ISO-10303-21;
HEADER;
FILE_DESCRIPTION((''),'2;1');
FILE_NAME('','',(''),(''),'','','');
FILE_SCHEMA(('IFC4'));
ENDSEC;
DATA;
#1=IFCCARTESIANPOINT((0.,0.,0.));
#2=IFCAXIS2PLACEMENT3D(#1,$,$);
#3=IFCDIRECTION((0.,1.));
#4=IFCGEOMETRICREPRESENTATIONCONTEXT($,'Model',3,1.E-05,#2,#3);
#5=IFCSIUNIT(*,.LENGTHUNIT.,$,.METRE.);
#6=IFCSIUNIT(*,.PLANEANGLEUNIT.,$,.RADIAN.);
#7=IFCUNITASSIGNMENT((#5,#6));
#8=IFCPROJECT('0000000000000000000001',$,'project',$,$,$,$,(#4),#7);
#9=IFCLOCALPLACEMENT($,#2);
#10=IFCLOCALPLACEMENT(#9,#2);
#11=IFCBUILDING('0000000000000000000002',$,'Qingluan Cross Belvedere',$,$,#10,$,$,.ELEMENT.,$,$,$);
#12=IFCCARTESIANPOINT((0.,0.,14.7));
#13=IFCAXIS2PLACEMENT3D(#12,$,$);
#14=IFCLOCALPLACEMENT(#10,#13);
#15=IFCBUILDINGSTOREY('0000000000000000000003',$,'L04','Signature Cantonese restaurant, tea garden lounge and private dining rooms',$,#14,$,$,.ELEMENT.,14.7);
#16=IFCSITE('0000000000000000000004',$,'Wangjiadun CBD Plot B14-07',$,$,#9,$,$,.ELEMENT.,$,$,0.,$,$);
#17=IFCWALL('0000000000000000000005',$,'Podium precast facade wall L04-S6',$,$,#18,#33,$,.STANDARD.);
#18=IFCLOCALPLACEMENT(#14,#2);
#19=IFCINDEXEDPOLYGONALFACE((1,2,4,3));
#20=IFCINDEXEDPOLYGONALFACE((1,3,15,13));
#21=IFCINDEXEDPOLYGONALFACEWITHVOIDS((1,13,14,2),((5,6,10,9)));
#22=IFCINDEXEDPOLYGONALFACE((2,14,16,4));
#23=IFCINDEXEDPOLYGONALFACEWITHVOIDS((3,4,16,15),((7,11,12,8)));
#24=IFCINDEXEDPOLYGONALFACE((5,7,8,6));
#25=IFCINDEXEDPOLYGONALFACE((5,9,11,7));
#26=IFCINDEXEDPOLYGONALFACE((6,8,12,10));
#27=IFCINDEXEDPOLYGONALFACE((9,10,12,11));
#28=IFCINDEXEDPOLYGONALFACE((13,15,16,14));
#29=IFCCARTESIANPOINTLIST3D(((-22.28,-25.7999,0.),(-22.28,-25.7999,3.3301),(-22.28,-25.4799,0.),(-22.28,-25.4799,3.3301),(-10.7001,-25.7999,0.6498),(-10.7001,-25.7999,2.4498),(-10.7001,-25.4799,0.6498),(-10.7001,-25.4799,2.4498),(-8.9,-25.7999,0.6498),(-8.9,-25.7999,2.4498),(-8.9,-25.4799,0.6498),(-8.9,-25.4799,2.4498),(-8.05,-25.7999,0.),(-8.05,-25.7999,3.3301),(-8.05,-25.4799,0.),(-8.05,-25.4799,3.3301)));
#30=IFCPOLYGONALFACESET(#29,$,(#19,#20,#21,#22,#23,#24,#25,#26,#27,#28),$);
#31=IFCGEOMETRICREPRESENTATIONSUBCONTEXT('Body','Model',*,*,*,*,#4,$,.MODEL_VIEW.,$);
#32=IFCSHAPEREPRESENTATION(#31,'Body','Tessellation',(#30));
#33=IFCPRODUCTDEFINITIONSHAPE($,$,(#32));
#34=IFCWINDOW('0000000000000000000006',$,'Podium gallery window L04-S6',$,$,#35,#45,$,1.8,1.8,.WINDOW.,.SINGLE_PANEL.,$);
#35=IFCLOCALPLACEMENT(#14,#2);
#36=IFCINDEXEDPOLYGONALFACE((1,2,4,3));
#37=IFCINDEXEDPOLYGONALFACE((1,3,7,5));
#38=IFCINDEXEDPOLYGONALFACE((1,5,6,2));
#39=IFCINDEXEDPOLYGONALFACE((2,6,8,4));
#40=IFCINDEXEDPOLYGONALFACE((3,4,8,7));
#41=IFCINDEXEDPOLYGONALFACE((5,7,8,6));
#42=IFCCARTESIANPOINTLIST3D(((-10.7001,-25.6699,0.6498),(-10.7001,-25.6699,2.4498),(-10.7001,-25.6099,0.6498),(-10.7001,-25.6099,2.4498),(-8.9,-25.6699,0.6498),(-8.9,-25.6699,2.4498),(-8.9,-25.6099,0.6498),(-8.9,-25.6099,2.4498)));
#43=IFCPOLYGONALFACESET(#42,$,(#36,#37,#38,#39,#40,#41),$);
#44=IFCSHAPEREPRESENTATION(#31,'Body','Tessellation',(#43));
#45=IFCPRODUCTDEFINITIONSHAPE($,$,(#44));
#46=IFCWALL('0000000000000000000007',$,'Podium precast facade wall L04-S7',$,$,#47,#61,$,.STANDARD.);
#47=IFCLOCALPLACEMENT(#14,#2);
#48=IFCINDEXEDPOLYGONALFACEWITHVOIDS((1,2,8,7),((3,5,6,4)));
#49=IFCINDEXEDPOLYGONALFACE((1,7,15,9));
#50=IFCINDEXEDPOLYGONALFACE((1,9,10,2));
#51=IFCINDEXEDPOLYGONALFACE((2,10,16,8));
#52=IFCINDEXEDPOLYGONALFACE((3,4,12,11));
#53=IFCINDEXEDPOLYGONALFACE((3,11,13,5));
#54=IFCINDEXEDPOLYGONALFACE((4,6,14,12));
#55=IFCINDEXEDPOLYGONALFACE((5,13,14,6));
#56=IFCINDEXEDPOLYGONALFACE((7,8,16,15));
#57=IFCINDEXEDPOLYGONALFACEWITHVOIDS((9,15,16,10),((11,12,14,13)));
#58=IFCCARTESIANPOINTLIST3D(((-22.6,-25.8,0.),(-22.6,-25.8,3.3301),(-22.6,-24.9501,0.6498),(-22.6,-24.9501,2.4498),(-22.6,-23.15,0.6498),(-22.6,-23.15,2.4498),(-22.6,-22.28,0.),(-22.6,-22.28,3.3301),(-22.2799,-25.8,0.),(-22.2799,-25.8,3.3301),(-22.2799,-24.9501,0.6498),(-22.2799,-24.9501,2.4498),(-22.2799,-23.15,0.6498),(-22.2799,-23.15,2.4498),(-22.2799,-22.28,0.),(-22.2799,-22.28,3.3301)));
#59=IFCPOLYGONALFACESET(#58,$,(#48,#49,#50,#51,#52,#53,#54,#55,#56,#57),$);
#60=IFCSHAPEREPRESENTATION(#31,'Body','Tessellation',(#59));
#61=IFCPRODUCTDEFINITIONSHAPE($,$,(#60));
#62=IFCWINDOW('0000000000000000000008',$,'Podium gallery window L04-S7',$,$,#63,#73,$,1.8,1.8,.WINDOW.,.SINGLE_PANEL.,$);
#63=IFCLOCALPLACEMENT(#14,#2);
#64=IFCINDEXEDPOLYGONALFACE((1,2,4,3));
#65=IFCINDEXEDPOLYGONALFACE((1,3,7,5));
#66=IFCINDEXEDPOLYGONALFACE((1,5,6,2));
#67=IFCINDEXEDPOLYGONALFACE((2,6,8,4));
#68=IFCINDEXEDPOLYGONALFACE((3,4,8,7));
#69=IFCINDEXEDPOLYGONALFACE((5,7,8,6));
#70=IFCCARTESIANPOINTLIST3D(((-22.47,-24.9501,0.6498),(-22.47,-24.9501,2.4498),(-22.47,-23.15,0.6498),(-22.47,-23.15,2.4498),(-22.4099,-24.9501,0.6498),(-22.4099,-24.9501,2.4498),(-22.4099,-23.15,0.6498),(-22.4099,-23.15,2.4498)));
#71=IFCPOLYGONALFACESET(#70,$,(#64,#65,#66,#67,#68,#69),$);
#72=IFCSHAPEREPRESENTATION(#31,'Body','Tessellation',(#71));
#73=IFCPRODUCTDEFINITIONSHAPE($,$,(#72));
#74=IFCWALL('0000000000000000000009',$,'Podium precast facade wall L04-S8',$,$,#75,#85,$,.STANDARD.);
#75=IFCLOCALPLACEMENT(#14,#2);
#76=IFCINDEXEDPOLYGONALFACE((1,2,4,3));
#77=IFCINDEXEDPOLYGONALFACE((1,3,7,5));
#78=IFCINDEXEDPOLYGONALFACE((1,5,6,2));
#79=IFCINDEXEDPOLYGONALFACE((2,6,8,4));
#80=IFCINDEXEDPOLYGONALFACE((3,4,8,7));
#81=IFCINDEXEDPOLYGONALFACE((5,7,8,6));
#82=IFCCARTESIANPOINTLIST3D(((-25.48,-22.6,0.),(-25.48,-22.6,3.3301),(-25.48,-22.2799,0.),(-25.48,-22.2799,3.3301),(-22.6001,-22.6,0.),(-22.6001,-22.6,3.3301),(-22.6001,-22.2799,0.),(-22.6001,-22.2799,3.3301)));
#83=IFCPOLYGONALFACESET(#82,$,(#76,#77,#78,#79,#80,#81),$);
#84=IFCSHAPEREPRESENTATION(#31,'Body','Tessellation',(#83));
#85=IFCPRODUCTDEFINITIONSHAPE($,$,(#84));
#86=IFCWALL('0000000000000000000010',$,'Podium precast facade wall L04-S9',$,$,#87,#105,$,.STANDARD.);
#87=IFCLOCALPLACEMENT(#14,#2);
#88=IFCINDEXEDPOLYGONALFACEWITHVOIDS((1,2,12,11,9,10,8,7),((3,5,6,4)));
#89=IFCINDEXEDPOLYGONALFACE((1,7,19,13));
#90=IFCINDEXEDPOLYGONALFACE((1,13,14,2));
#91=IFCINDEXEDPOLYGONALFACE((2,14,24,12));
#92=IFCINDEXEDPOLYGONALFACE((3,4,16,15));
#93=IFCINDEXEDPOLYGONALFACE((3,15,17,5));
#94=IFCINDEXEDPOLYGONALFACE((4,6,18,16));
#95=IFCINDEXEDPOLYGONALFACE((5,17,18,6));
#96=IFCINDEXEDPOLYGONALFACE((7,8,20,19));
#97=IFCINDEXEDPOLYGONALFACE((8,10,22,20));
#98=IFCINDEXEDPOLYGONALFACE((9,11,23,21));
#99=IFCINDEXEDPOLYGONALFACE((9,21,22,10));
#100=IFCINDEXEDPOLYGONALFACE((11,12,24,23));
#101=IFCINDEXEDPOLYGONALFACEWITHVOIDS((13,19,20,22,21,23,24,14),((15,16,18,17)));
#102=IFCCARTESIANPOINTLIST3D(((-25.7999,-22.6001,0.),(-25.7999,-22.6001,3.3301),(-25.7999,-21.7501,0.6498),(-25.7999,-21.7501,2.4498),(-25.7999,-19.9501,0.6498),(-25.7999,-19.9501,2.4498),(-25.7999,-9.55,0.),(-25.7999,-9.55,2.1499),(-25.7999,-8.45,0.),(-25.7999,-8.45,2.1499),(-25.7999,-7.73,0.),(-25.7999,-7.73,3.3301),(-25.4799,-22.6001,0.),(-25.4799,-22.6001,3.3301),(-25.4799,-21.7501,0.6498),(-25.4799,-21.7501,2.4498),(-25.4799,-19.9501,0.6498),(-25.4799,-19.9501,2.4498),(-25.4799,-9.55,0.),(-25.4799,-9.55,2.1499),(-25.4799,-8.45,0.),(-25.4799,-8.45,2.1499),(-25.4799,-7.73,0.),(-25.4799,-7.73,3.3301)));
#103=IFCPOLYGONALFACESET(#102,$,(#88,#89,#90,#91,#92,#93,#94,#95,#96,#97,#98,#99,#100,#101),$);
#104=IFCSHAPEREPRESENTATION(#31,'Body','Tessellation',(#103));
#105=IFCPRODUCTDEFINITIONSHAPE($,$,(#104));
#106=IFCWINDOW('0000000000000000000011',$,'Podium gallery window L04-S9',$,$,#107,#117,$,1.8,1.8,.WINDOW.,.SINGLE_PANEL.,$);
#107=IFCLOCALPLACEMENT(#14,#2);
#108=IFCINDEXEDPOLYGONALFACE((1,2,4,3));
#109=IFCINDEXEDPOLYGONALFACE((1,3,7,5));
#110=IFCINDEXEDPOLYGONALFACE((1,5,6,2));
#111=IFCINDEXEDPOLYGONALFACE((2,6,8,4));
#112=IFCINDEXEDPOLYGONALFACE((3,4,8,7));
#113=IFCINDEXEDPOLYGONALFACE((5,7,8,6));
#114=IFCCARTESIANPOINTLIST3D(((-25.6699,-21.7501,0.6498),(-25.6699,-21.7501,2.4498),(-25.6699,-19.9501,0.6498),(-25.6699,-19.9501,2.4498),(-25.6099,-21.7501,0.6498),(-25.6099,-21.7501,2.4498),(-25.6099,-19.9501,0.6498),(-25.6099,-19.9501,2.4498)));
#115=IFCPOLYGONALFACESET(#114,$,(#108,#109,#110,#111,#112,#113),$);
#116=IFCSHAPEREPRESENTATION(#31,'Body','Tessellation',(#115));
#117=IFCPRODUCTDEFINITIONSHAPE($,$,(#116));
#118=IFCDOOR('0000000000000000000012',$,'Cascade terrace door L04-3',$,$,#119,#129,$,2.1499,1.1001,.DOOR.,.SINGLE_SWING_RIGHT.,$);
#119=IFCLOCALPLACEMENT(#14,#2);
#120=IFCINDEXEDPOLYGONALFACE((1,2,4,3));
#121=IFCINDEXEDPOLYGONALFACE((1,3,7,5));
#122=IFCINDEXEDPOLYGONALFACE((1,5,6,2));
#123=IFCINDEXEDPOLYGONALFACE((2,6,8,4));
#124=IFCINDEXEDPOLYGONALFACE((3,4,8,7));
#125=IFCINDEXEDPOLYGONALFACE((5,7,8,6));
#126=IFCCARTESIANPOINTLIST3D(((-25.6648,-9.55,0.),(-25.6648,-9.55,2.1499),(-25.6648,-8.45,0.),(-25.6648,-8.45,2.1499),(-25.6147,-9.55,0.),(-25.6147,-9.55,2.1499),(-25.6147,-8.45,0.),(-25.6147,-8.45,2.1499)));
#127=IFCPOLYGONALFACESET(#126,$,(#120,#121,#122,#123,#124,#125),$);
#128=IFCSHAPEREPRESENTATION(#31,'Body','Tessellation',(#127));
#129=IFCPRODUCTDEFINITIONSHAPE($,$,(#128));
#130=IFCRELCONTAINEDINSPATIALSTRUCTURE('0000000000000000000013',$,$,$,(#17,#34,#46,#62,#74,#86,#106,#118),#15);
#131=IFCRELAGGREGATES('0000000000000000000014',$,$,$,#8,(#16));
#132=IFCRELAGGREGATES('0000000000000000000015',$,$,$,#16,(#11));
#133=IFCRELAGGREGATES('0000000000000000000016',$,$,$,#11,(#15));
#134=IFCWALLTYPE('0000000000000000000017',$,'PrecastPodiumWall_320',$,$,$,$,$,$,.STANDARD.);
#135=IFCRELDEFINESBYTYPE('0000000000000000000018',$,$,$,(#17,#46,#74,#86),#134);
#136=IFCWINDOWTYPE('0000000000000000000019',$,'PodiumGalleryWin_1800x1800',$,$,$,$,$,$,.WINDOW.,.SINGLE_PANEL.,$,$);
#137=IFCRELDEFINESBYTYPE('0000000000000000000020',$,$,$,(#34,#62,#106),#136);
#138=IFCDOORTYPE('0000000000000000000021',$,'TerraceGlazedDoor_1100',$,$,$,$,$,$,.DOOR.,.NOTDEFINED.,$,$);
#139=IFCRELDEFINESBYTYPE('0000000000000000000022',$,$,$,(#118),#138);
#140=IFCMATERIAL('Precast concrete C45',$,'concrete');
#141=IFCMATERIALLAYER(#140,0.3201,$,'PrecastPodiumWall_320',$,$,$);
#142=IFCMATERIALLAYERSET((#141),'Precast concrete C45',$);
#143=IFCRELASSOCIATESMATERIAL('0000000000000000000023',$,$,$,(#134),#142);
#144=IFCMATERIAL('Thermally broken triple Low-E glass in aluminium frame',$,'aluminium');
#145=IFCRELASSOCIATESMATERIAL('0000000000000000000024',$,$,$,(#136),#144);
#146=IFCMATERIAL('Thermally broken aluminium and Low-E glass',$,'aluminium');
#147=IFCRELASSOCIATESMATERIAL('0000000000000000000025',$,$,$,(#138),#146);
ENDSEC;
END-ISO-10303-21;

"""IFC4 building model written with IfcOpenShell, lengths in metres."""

from ifc_helpers import new_model, si_unit, direction, frame, frame_2d, origin, place, context, subcontext, project, spatial, rectangle, extrude, material, layer, layer_set, type_object, element, fill, save


model = new_model("IFC4")

# Units and contexts
model_context = context("Model", 3, precision=1e-05, world=origin(), true_north=direction((0.0, 1.0)))
body_context = subcontext(model_context, "Body", "Model", "MODEL_VIEW")
ifc_project = project(units=[si_unit("LENGTHUNIT", "METRE"), si_unit("PLANEANGLEUNIT", "RADIAN")], contexts=[model_context])

# Site, building, storey
site_placement = place(None, origin())
site = spatial("IfcSite", under=ifc_project, at=site_placement, Name="Wangjiadun CBD Plot B14-07", CompositionType="ELEMENT", RefElevation=0.0)
building_placement = place(site_placement, origin())
building = spatial("IfcBuilding", under=site, at=building_placement, Name="Qingluan Cross Belvedere", CompositionType="ELEMENT")
storey_placement = place(building_placement, frame((0.0, 0.0, 14.7)))
storey = spatial("IfcBuildingStorey", under=building, at=storey_placement, Name="L04", Description="Signature Cantonese restaurant, tea garden lounge and private dining rooms", CompositionType="ELEMENT", Elevation=14.7)

# Shared definitions
ifc_material_1 = material(Name="Precast concrete C45", Category="concrete")
ifc_layer_1 = layer(ifc_material_1, 0.3201, Name="PrecastPodiumWall_320")
ifc_layer_set_1 = layer_set([ifc_layer_1], Name="Precast concrete C45")
wall_type_1 = type_object("IfcWallType", Name="PrecastPodiumWall_320", PredefinedType="STANDARD", material=ifc_layer_set_1)

# Walls, openings, windows
ifc_material_2 = material(Name="Thermally broken triple Low-E glass in aluminium frame", Category="aluminium")
window_type = type_object("IfcWindowType", Name="PodiumGalleryWin_1800x1800", PartitioningType="SINGLE_PANEL", PredefinedType="WINDOW", material=ifc_material_2)
wall_1_placement = place(storey_placement, frame((-8.05, -25.6399, 0.0), z_axis=(0.0, 0.0, 1.0), x_axis=(-1.0, 0.0, 0.0)))
wall_1 = element("IfcWall", 1, at=wall_1_placement, inside=storey, type_object=wall_type_1, Name="Podium precast facade wall L04-S6", PredefinedType="STANDARD", context=body_context, shape_type="SweptSolid", body=[
    extrude(rectangle(XDim=14.23, YDim=0.3201, at=frame_2d((7.115, 0.0))), origin(), (0.0, 0.0, 1.0), 3.3301),
])
opening_1_placement = place(wall_1_placement, frame((0.8501, 0.0, 0.6499)))
opening_1 = element("IfcOpeningElement", 2, at=opening_1_placement, cuts=wall_1, PredefinedType="OPENING", context=body_context, shape_type="SweptSolid", body=[
    extrude(rectangle(XDim=1.8, YDim=1.8, at=frame_2d((0.8999, 0.8999))), frame((0.0, 0.1699, 0.0), z_axis=(0.0, -1.0, 0.0), x_axis=(1.0, 0.0, 0.0)), (0.0, 0.0, 1.0), 0.3401),
])
window_1_placement = place(opening_1_placement, origin())
window_1 = element("IfcWindow", 3, at=window_1_placement, inside=storey, type_object=window_type, Name="Podium gallery window L04-S6", OverallHeight=1.8, OverallWidth=1.8, PartitioningType="SINGLE_PANEL", PredefinedType="WINDOW", context=body_context, shape_type="SweptSolid", body=[
    extrude(rectangle(XDim=1.8, YDim=1.8, at=frame_2d((0.8999, 0.8999))), frame((0.0, 0.03, 0.0), z_axis=(0.0, -1.0, 0.0), x_axis=(1.0, 0.0, 0.0)), (0.0, 0.0, 1.0), 0.0601),
])
fill(opening_1, window_1)
wall_2_placement = place(storey_placement, frame((-22.4399, -25.8, 0.0), z_axis=(0.0, 0.0, 1.0), x_axis=(0.0, 1.0, 0.0)))
wall_2 = element("IfcWall", 4, at=wall_2_placement, inside=storey, type_object=wall_type_1, Name="Podium precast facade wall L04-S7", PredefinedType="STANDARD", context=body_context, shape_type="SweptSolid", body=[
    extrude(rectangle(XDim=3.52, YDim=0.3201, at=frame_2d((1.76, 0.0))), origin(), (0.0, 0.0, 1.0), 3.3301),
])
opening_2_placement = place(wall_2_placement, frame((0.8501, 0.0, 0.6499)))
opening_2 = element("IfcOpeningElement", 5, at=opening_2_placement, cuts=wall_2, PredefinedType="OPENING", context=body_context, shape_type="SweptSolid", body=[
    extrude(rectangle(XDim=1.8, YDim=1.8, at=frame_2d((0.8999, 0.8999))), frame((0.0, 0.1699, 0.0), z_axis=(0.0, -1.0, 0.0), x_axis=(1.0, 0.0, 0.0)), (0.0, 0.0, 1.0), 0.3401),
])
window_2_placement = place(opening_2_placement, origin())
window_2 = element("IfcWindow", 6, at=window_2_placement, inside=storey, type_object=window_type, Name="Podium gallery window L04-S7", OverallHeight=1.8, OverallWidth=1.8, PartitioningType="SINGLE_PANEL", PredefinedType="WINDOW", context=body_context, shape_type="SweptSolid", body=[
    extrude(rectangle(XDim=1.8, YDim=1.8, at=frame_2d((0.8999, 0.8999))), frame((0.0, 0.03, 0.0), z_axis=(0.0, -1.0, 0.0), x_axis=(1.0, 0.0, 0.0)), (0.0, 0.0, 1.0), 0.0601),
])
fill(opening_2, window_2)

# Wall
wall_3_placement = place(storey_placement, frame((-22.6001, -22.4399, 0.0), z_axis=(0.0, 0.0, 1.0), x_axis=(-1.0, 0.0, 0.0)))
element("IfcWall", 7, at=wall_3_placement, inside=storey, type_object=wall_type_1, Name="Podium precast facade wall L04-S8", PredefinedType="STANDARD", context=body_context, shape_type="SweptSolid", body=[
    extrude(rectangle(XDim=2.8799, YDim=0.3201, at=frame_2d((1.4399, 0.0))), origin(), (0.0, 0.0, 1.0), 3.3301),
])

# Wall, openings, window, door
wall_4_placement = place(storey_placement, frame((-25.6399, -22.6001, 0.0), z_axis=(0.0, 0.0, 1.0), x_axis=(0.0, 1.0, 0.0)))
wall_4 = element("IfcWall", 8, at=wall_4_placement, inside=storey, type_object=wall_type_1, Name="Podium precast facade wall L04-S9", PredefinedType="STANDARD", context=body_context, shape_type="SweptSolid", body=[
    extrude(rectangle(XDim=14.8701, YDim=0.3201, at=frame_2d((7.4351, 0.0))), origin(), (0.0, 0.0, 1.0), 3.3301),
])
opening_3_placement = place(wall_4_placement, frame((0.8501, 0.0, 0.6499)))
opening_3 = element("IfcOpeningElement", 9, at=opening_3_placement, cuts=wall_4, PredefinedType="OPENING", context=body_context, shape_type="SweptSolid", body=[
    extrude(rectangle(XDim=1.8, YDim=1.8, at=frame_2d((0.8999, 0.8999))), frame((0.0, 0.1699, 0.0), z_axis=(0.0, -1.0, 0.0), x_axis=(1.0, 0.0, 0.0)), (0.0, 0.0, 1.0), 0.3401),
])
opening_4_placement = place(wall_4_placement, frame((13.05, 0.0, 0.0)))
opening_4 = element("IfcOpeningElement", 10, at=opening_4_placement, cuts=wall_4, PredefinedType="OPENING", context=body_context, shape_type="SweptSolid", body=[
    extrude(rectangle(XDim=1.1001, YDim=2.1499, at=frame_2d((0.55, 1.075))), frame((0.0, 0.1699, 0.0), z_axis=(0.0, -1.0, 0.0), x_axis=(1.0, 0.0, 0.0)), (0.0, 0.0, 1.0), 0.3401),
])
window_3_placement = place(opening_3_placement, origin())
window_3 = element("IfcWindow", 11, at=window_3_placement, inside=storey, type_object=window_type, Name="Podium gallery window L04-S9", OverallHeight=1.8, OverallWidth=1.8, PartitioningType="SINGLE_PANEL", PredefinedType="WINDOW", context=body_context, shape_type="SweptSolid", body=[
    extrude(rectangle(XDim=1.8, YDim=1.8, at=frame_2d((0.8999, 0.8999))), frame((0.0, 0.03, 0.0), z_axis=(0.0, -1.0, 0.0), x_axis=(1.0, 0.0, 0.0)), (0.0, 0.0, 1.0), 0.0601),
])
fill(opening_3, window_3)
ifc_material_3 = material(Name="Thermally broken aluminium and Low-E glass", Category="aluminium")
door_type = type_object("IfcDoorType", Name="TerraceGlazedDoor_1100", OperationType="NOTDEFINED", PredefinedType="DOOR", material=ifc_material_3)
door_placement = place(opening_4_placement, origin())
door = element("IfcDoor", 12, at=door_placement, inside=storey, type_object=door_type, Name="Cascade terrace door L04-3", OperationType="SINGLE_SWING_RIGHT", OverallHeight=2.1499, OverallWidth=1.1001, PredefinedType="DOOR", context=body_context, shape_type="SweptSolid", body=[
    extrude(rectangle(XDim=1.1001, YDim=2.1499, at=frame_2d((0.55, 1.075))), frame((0.0, 0.0249, 0.0), z_axis=(0.0, -1.0, 0.0), x_axis=(1.0, 0.0, 0.0)), (0.0, 0.0, 1.0), 0.05),
])
fill(opening_4, door)

save(model, "model.ifc")
